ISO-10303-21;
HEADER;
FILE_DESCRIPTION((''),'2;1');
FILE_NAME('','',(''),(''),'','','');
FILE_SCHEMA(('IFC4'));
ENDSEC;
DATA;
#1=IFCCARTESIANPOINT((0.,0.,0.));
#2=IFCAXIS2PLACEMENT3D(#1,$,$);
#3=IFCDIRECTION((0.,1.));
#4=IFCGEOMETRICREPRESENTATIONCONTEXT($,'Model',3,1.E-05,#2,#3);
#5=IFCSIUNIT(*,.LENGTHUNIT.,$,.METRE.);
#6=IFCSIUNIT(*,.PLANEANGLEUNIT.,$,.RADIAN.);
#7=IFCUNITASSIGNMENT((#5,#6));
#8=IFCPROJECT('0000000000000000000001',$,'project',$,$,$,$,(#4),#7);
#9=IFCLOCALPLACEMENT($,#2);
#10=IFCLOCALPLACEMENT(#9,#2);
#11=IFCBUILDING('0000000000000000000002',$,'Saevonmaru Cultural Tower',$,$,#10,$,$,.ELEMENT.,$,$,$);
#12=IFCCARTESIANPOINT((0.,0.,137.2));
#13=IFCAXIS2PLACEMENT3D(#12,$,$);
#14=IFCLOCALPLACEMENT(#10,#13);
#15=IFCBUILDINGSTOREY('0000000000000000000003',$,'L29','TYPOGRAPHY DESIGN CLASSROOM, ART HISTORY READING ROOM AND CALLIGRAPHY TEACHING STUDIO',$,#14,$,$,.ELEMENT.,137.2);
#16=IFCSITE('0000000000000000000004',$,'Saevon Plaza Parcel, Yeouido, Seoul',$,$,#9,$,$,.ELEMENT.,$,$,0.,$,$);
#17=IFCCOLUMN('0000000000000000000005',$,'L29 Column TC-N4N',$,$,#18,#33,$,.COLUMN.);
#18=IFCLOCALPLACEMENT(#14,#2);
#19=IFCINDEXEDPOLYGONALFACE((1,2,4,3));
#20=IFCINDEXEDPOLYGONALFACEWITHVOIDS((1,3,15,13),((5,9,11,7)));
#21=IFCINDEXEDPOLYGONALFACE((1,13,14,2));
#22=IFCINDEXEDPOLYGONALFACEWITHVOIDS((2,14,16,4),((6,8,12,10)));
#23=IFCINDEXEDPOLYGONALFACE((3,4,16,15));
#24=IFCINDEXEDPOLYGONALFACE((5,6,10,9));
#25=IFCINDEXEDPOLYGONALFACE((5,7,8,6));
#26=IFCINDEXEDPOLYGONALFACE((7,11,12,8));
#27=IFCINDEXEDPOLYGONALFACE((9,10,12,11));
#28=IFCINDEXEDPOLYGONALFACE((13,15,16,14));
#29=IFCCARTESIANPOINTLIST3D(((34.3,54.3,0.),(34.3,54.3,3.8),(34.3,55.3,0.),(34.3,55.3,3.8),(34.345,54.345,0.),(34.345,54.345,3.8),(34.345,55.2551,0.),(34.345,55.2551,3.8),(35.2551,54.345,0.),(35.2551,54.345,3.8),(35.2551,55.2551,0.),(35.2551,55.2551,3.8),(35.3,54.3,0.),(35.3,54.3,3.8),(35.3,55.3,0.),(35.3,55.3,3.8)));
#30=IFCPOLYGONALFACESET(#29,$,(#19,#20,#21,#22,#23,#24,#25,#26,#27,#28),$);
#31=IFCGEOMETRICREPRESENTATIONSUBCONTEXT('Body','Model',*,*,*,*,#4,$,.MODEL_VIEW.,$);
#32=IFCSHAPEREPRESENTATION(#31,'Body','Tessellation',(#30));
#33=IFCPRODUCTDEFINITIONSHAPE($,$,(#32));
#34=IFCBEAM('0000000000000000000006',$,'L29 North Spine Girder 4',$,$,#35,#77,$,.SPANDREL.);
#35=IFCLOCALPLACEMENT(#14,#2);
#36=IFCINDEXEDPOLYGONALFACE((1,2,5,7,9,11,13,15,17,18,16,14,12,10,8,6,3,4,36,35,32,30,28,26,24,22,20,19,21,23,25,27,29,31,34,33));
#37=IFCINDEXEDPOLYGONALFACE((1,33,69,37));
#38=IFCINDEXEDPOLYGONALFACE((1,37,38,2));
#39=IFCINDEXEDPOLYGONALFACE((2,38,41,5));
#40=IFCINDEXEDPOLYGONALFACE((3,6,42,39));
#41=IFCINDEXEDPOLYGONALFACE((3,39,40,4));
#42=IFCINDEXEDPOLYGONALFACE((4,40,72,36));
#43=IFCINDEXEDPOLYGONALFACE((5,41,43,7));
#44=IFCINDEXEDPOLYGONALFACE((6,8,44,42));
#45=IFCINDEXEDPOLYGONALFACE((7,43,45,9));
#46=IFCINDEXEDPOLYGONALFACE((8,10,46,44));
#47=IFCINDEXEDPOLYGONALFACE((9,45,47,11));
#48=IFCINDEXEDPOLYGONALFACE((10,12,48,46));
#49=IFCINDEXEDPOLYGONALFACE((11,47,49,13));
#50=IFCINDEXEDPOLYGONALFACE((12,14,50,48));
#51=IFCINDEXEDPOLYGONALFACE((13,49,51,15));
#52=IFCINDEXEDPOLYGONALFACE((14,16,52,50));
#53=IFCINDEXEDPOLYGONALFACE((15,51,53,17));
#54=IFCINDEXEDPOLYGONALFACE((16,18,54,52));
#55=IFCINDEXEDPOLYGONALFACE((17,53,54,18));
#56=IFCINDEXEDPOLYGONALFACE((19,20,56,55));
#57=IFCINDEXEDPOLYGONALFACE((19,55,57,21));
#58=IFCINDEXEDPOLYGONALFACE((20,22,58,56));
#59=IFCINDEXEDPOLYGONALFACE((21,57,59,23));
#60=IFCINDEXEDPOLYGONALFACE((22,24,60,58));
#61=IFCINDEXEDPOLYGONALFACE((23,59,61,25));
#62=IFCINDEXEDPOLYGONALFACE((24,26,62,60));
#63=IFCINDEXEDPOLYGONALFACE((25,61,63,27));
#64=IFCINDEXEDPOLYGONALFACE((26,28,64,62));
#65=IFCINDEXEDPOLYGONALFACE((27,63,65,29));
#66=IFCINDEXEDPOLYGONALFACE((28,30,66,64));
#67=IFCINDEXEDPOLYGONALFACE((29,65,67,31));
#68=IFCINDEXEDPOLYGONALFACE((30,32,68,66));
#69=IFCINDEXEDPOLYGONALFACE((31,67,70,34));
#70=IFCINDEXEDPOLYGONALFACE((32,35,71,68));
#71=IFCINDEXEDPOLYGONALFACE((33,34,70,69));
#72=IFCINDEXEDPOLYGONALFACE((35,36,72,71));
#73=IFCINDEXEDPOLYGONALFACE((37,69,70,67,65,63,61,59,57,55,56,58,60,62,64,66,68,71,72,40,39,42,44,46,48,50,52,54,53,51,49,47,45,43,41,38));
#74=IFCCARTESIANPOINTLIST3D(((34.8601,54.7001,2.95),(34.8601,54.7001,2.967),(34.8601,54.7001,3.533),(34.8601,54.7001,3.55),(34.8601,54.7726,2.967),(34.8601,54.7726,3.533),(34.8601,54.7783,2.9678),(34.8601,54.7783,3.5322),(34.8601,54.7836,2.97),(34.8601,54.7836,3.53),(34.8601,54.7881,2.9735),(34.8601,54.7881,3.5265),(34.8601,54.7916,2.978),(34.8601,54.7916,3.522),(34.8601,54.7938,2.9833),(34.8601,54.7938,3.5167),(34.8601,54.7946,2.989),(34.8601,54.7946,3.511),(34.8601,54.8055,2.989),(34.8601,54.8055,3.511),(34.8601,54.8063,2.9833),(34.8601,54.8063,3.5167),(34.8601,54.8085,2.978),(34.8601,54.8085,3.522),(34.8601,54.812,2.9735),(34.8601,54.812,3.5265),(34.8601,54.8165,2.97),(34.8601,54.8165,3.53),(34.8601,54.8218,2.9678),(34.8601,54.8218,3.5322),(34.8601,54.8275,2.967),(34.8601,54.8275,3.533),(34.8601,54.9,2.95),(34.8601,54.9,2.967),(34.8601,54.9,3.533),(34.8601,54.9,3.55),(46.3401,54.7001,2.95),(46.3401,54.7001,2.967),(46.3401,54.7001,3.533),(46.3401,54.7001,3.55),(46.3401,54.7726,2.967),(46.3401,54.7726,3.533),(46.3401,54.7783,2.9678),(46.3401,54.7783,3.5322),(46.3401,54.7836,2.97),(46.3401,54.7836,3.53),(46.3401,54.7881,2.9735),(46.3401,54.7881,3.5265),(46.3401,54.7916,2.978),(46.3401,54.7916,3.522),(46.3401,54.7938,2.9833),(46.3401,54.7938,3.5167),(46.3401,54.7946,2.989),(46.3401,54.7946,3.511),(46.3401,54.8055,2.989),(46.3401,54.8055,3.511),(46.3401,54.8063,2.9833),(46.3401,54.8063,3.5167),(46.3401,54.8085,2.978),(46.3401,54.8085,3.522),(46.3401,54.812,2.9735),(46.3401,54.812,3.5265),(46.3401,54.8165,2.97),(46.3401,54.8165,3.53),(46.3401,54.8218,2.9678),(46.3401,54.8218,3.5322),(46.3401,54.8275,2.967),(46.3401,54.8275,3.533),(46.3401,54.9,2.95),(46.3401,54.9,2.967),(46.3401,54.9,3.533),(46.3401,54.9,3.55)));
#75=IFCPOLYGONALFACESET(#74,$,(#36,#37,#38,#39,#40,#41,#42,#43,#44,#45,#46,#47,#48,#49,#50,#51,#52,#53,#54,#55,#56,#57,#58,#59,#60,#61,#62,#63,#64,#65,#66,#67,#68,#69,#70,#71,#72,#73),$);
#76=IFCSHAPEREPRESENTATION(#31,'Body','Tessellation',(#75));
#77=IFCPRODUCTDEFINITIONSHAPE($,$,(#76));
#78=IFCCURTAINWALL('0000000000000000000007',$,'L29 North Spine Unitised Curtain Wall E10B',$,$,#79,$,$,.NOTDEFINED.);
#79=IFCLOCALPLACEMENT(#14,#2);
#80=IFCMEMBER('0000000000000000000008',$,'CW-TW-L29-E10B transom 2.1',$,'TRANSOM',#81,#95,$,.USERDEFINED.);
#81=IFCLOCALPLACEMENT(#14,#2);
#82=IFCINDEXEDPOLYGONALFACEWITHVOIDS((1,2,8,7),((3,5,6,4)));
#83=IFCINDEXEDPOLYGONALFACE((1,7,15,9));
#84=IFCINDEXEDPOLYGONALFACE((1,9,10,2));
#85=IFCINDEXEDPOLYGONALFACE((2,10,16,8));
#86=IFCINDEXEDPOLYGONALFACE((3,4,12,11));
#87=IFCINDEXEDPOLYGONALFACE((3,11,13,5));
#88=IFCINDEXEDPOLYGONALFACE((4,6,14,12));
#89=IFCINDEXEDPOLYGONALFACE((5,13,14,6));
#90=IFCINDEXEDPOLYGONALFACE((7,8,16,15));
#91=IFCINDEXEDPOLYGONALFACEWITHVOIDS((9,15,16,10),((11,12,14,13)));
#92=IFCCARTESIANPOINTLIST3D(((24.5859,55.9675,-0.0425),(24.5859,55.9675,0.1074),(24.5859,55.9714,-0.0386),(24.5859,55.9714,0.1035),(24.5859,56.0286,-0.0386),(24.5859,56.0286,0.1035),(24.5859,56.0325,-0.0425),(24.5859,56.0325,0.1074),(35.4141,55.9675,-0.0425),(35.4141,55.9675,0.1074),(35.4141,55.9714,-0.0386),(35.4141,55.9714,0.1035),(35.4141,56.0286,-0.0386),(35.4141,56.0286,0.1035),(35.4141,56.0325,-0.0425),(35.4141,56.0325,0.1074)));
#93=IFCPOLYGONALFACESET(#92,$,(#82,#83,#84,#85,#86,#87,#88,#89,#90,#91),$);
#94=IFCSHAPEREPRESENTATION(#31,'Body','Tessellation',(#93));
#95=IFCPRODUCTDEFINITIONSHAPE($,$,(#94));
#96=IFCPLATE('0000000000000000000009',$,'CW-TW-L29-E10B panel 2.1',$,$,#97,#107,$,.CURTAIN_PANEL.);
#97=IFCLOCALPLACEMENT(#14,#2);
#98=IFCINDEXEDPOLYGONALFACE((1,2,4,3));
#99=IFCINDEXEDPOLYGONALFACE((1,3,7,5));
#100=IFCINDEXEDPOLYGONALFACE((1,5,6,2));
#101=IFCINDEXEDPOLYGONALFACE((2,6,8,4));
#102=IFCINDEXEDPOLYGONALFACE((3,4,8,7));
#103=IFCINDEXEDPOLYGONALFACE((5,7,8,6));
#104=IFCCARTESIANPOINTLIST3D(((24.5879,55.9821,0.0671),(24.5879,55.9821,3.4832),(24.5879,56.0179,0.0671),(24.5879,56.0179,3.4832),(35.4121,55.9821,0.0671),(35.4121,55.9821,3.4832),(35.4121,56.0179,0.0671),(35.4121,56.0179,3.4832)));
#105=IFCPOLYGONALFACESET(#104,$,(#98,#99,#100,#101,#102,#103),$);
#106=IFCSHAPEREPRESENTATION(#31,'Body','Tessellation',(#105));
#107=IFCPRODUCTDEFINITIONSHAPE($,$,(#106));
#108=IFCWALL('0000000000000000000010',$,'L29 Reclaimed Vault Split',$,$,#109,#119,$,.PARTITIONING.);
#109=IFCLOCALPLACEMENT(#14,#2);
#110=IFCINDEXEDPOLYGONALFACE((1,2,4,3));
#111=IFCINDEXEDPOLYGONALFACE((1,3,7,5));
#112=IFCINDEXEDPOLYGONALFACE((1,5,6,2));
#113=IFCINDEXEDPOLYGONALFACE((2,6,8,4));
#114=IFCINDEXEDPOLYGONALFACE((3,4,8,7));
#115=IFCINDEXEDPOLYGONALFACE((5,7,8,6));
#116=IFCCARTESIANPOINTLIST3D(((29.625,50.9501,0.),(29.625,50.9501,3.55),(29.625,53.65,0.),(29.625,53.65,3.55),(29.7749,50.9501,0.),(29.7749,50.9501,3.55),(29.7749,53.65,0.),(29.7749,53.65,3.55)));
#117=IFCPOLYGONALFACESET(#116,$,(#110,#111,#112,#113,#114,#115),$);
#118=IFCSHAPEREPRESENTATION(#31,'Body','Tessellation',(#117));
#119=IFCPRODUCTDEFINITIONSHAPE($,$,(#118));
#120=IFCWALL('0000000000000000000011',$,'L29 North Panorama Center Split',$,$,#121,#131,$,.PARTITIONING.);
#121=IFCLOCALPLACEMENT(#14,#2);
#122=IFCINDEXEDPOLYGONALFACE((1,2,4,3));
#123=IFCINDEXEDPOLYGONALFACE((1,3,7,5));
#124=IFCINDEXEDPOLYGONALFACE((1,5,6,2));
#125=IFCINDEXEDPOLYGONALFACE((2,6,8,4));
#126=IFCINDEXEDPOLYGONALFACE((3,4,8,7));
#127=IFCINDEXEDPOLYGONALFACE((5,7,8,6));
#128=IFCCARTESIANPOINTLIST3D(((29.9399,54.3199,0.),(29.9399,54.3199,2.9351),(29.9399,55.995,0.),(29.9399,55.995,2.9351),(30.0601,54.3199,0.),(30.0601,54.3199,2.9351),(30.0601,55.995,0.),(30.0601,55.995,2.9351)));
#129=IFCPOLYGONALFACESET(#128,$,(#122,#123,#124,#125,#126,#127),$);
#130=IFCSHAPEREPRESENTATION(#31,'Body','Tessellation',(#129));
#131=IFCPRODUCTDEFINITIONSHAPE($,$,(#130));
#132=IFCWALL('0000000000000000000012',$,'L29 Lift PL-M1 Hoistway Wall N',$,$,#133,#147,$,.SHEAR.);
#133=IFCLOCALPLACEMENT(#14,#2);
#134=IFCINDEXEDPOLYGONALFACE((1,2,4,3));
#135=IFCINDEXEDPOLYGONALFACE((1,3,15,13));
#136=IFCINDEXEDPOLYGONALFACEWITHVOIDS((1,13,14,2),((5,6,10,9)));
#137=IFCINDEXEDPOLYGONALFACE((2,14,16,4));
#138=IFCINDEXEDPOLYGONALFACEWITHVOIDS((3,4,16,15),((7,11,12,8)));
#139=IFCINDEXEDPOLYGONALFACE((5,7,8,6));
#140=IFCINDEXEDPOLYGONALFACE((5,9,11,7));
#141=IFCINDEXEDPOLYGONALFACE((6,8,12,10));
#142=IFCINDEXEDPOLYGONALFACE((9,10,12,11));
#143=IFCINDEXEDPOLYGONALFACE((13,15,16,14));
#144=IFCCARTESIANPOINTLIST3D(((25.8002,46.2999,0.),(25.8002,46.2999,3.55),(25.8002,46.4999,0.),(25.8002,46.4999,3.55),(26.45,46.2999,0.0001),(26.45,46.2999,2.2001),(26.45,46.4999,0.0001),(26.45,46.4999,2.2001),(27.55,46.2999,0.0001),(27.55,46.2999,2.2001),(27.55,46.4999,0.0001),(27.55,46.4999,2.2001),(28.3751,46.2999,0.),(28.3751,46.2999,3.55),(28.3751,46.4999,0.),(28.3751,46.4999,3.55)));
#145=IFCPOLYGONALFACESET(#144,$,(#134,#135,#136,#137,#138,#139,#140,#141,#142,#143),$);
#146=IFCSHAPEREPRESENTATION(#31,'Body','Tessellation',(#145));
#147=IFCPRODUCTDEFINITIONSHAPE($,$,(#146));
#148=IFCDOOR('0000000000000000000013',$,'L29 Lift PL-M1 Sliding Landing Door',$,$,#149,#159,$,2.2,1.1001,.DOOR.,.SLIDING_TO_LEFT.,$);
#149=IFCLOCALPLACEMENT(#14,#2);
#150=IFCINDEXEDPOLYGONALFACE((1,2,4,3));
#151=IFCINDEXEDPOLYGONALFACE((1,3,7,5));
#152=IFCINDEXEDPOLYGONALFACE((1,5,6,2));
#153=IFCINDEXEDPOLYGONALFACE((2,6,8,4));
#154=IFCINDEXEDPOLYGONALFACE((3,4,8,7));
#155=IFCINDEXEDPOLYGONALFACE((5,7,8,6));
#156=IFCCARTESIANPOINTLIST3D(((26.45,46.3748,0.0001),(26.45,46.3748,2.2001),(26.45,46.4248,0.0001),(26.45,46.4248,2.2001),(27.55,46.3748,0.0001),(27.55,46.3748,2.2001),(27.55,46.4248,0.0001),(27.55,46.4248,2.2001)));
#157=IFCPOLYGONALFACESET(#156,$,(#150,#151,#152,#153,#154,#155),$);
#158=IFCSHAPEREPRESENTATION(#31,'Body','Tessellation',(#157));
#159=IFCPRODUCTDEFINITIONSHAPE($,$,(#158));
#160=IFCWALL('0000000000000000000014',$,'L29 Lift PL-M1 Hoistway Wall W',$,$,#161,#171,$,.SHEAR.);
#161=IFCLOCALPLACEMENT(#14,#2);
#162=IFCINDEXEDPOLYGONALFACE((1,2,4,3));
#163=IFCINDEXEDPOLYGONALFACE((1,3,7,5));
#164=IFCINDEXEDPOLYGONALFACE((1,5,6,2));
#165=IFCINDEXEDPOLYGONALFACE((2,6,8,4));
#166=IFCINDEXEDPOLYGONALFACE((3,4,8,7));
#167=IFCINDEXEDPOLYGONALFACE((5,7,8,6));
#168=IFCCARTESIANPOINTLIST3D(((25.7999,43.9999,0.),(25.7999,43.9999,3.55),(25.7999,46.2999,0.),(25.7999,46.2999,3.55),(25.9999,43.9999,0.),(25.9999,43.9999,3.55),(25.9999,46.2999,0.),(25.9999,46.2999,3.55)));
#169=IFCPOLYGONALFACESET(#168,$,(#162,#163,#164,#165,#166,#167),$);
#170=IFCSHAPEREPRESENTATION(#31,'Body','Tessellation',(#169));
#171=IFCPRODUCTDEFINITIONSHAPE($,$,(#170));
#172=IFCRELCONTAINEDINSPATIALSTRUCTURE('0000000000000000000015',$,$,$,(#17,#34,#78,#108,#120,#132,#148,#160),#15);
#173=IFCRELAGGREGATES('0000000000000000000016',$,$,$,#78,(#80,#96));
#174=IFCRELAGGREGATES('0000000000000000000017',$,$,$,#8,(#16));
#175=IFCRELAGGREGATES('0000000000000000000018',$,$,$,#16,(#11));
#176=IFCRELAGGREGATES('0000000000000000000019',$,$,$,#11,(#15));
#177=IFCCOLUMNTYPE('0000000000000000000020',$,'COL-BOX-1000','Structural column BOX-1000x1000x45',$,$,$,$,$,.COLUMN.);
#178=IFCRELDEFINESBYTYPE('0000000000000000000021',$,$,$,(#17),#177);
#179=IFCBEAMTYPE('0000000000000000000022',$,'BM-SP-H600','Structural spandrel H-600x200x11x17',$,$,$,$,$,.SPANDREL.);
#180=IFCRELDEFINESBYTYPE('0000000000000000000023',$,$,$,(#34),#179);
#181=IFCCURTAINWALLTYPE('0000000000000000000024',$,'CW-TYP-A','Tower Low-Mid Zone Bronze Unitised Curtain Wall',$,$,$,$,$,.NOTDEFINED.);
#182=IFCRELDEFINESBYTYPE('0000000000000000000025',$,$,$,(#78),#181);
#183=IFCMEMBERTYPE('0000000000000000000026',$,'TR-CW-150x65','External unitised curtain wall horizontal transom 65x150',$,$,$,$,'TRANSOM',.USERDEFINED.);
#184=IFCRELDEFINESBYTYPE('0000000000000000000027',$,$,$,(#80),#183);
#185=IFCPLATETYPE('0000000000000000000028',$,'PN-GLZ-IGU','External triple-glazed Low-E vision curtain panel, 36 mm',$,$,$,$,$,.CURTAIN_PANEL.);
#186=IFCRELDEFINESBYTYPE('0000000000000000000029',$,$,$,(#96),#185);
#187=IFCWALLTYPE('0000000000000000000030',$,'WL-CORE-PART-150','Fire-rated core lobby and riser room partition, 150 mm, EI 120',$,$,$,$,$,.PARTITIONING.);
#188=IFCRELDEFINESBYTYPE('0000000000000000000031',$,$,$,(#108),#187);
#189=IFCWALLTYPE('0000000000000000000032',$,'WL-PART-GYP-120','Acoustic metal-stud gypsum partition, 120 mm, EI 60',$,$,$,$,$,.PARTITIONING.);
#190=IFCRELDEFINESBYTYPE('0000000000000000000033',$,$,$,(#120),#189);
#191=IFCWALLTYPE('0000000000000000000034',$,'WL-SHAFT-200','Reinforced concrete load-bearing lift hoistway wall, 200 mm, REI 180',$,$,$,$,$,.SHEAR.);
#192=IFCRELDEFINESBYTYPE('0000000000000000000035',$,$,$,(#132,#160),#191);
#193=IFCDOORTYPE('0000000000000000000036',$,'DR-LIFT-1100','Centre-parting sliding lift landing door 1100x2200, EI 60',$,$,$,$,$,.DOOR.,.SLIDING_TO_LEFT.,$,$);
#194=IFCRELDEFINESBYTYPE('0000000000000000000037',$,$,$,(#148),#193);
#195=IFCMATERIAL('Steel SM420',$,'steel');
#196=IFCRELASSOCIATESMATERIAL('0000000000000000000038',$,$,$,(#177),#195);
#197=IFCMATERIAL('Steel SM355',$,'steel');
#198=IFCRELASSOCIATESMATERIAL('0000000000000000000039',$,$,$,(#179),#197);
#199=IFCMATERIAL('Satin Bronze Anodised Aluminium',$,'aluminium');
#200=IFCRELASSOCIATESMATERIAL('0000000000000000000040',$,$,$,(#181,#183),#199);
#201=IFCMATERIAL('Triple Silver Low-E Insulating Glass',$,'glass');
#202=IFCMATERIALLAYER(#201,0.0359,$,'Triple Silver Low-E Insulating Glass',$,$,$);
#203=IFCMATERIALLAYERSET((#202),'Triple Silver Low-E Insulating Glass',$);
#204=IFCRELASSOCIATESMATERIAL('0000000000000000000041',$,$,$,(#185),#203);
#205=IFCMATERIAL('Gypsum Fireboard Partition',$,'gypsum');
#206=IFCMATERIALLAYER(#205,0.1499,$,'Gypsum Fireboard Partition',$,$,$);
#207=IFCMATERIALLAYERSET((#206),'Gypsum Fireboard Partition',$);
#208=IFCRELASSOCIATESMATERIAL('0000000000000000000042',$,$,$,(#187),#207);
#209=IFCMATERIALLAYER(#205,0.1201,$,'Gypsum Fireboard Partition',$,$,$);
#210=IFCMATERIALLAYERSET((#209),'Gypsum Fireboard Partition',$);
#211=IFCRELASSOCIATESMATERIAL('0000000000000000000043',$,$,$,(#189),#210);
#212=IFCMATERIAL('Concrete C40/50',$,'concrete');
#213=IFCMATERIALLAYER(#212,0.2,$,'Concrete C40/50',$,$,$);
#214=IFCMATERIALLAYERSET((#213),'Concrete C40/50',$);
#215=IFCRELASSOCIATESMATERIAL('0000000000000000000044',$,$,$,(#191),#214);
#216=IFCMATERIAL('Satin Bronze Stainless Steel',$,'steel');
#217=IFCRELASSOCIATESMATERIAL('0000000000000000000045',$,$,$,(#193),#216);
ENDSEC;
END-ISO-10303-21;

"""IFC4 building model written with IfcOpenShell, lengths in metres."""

from ifc_helpers import new_model, si_unit, direction, frame, frame_2d, origin, origin_2d, place, context, subcontext, project, spatial, rectangle, hollow_rectangle, i_section, extrude, material, layer, layer_set, material_profile, profile_set, type_object, element, fill, aggregate, save


model = new_model("IFC4")

# Units and contexts
model_context = context("Model", 3, precision=1e-05, world=origin(), true_north=direction((0.0, 1.0)))
body_context = subcontext(model_context, "Body", "Model", "MODEL_VIEW")
ifc_project = project(units=[si_unit("LENGTHUNIT", "METRE"), si_unit("PLANEANGLEUNIT", "RADIAN")], contexts=[model_context])

# Site, building, storey
site_placement = place(None, origin())
site = spatial("IfcSite", under=ifc_project, at=site_placement, Name="Saevon Plaza Parcel, Yeouido, Seoul", CompositionType="ELEMENT", RefElevation=0.0)
building_placement = place(site_placement, origin())
building = spatial("IfcBuilding", under=site, at=building_placement, Name="Saevonmaru Cultural Tower", CompositionType="ELEMENT")
storey_placement = place(building_placement, frame((0.0, 0.0, 137.2)))
storey = spatial("IfcBuildingStorey", under=building, at=storey_placement, Name="L29", Description="TYPOGRAPHY DESIGN CLASSROOM, ART HISTORY READING ROOM AND CALLIGRAPHY TEACHING STUDIO", CompositionType="ELEMENT", Elevation=137.2)

# Column
ifc_material_1 = material(Name="Steel SM420", Category="steel")
ifc_material_profile_1 = material_profile(ifc_material_1, hollow_rectangle(XDim=1.0, YDim=1.0, WallThickness=0.0449, at=origin_2d()), Name="BOX-1000x1000x45")
ifc_profile_set_1 = profile_set([ifc_material_profile_1], Name="Steel SM420")
column_type = type_object("IfcColumnType", Name="COL-BOX-1000", Description="Structural column BOX-1000x1000x45", PredefinedType="COLUMN", material=ifc_profile_set_1)
column_placement = place(storey_placement, frame((34.8, 54.8, 0.0), z_axis=(0.0, 0.0, 1.0), x_axis=(1.0, 0.0, 0.0)))
element("IfcColumn", 1, at=column_placement, inside=storey, type_object=column_type, Name="L29 Column TC-N4N", PredefinedType="COLUMN", context=body_context, shape_type="SweptSolid", body=[
    extrude(hollow_rectangle(XDim=1.0, YDim=1.0, WallThickness=0.0449, at=origin_2d()), origin(), (0.0, 0.0, 1.0), 3.8),
])

# Beam
ifc_material_2 = material(Name="Steel SM355", Category="steel")
ifc_material_profile_2 = material_profile(ifc_material_2, i_section(OverallWidth=0.2, OverallDepth=0.6001, WebThickness=0.011, FlangeThickness=0.0171, FilletRadius=0.022, at=origin_2d()), Name="H-600x200x11x17")
ifc_profile_set_2 = profile_set([ifc_material_profile_2], Name="Steel SM355")
beam_type = type_object("IfcBeamType", Name="BM-SP-H600", Description="Structural spandrel H-600x200x11x17", PredefinedType="SPANDREL", material=ifc_profile_set_2)
beam_placement = place(storey_placement, frame((34.8601, 54.8, 3.25), z_axis=(1.0, 0.0, 0.0), x_axis=(0.0, 1.0, 0.0)))
element("IfcBeam", 2, at=beam_placement, inside=storey, type_object=beam_type, Name="L29 North Spine Girder 4", PredefinedType="SPANDREL", context=body_context, shape_type="SweptSolid", body=[
    extrude(i_section(OverallWidth=0.2, OverallDepth=0.6001, WebThickness=0.011, FlangeThickness=0.0171, FilletRadius=0.022, at=origin_2d()), origin(), (0.0, 0.0, 1.0), 11.48),
])

# Curtain wall, member, plate
ifc_material_3 = material(Name="Satin Bronze Anodised Aluminium", Category="aluminium")
curtain_wall_type = type_object("IfcCurtainWallType", Name="CW-TYP-A", Description="Tower Low-Mid Zone Bronze Unitised Curtain Wall", PredefinedType="NOTDEFINED", material=ifc_material_3)
curtain_wall_placement = place(storey_placement, origin())
curtain_wall = element("IfcCurtainWall", 3, at=curtain_wall_placement, inside=storey, type_object=curtain_wall_type, Name="L29 North Spine Unitised Curtain Wall E10B", PredefinedType="NOTDEFINED")
ifc_material_profile_3 = material_profile(ifc_material_3, hollow_rectangle(XDim=0.0649, YDim=0.1499, WallThickness=0.0039, at=origin_2d()), Name="ALU-TRAN-150x65x4")
ifc_profile_set_3 = profile_set([ifc_material_profile_3], Name="Satin Bronze Anodised Aluminium")
member_type = type_object("IfcMemberType", Name="TR-CW-150x65", Description="External unitised curtain wall horizontal transom 65x150", ElementType="TRANSOM", PredefinedType="USERDEFINED", material=ifc_profile_set_3)
member_placement = place(storey_placement, frame((35.4141, 56.0, 0.0325), z_axis=(-1.0, 0.0, 0.0), x_axis=(0.0, -1.0, 0.0)))
member = element("IfcMember", 4, at=member_placement, type_object=member_type, Name="CW-TW-L29-E10B transom 2.1", ObjectType="TRANSOM", PredefinedType="USERDEFINED", context=body_context, shape_type="SweptSolid", body=[
    extrude(hollow_rectangle(XDim=0.0649, YDim=0.1499, WallThickness=0.0039, at=origin_2d()), origin(), (0.0, 0.0, 1.0), 10.8281),
])
ifc_material_4 = material(Name="Triple Silver Low-E Insulating Glass", Category="glass")
ifc_layer_1 = layer(ifc_material_4, 0.0359, Name="Triple Silver Low-E Insulating Glass")
ifc_layer_set_1 = layer_set([ifc_layer_1], Name="Triple Silver Low-E Insulating Glass")
plate_type = type_object("IfcPlateType", Name="PN-GLZ-IGU", Description="External triple-glazed Low-E vision curtain panel, 36 mm", PredefinedType="CURTAIN_PANEL", material=ifc_layer_set_1)
plate_placement = place(storey_placement, frame((30.0, 56.0, 0.0671), z_axis=(0.0, 0.0, 1.0), x_axis=(-1.0, 0.0, 0.0)))
plate = element("IfcPlate", 5, at=plate_placement, type_object=plate_type, Name="CW-TW-L29-E10B panel 2.1", PredefinedType="CURTAIN_PANEL", context=body_context, shape_type="SweptSolid", body=[
    extrude(rectangle(XDim=10.8242, YDim=0.0359, at=origin_2d()), origin(), (0.0, 0.0, 1.0), 3.416),
])
aggregate(curtain_wall, [member, plate])

# Shared definitions
ifc_material_5 = material(Name="Gypsum Fireboard Partition", Category="gypsum")
ifc_layer_2 = layer(ifc_material_5, 0.1499, Name="Gypsum Fireboard Partition")
ifc_layer_set_2 = layer_set([ifc_layer_2], Name="Gypsum Fireboard Partition")
wall_type_1 = type_object("IfcWallType", Name="WL-CORE-PART-150", Description="Fire-rated core lobby and riser room partition, 150 mm, EI 120", PredefinedType="PARTITIONING", material=ifc_layer_set_2)

# Walls
wall_1_placement = place(storey_placement, frame((29.7, 50.95, 0.0), z_axis=(0.0, 0.0, 1.0), x_axis=(0.0, 1.0, 0.0)))
element("IfcWall", 6, at=wall_1_placement, inside=storey, type_object=wall_type_1, Name="L29 Reclaimed Vault Split", PredefinedType="PARTITIONING", context=body_context, shape_type="SweptSolid", body=[
    extrude(rectangle(XDim=2.7, YDim=0.1499, at=frame_2d((1.3501, 0.0))), origin(), (0.0, 0.0, 1.0), 3.55),
])
ifc_layer_3 = layer(ifc_material_5, 0.1201, Name="Gypsum Fireboard Partition")
ifc_layer_set_3 = layer_set([ifc_layer_3], Name="Gypsum Fireboard Partition")
wall_type_2 = type_object("IfcWallType", Name="WL-PART-GYP-120", Description="Acoustic metal-stud gypsum partition, 120 mm, EI 60", PredefinedType="PARTITIONING", material=ifc_layer_set_3)
wall_2_placement = place(storey_placement, frame((30.0, 54.3201, 0.0), z_axis=(0.0, 0.0, 1.0), x_axis=(0.0, 1.0, 0.0)))
element("IfcWall", 7, at=wall_2_placement, inside=storey, type_object=wall_type_2, Name="L29 North Panorama Center Split", PredefinedType="PARTITIONING", context=body_context, shape_type="SweptSolid", body=[
    extrude(rectangle(XDim=1.675, YDim=0.1201, at=frame_2d((0.8374, 0.0))), origin(), (0.0, 0.0, 1.0), 2.9351),
])

# Wall, opening, door
ifc_material_6 = material(Name="Concrete C40/50", Category="concrete")
ifc_layer_4 = layer(ifc_material_6, 0.2, Name="Concrete C40/50")
ifc_layer_set_4 = layer_set([ifc_layer_4], Name="Concrete C40/50")
wall_type_3 = type_object("IfcWallType", Name="WL-SHAFT-200", Description="Reinforced concrete load-bearing lift hoistway wall, 200 mm, REI 180", PredefinedType="SHEAR", material=ifc_layer_set_4)
wall_3_placement = place(storey_placement, frame((25.8, 46.3999, 0.0), z_axis=(0.0, 0.0, 1.0), x_axis=(1.0, 0.0, 0.0)))
wall_3 = element("IfcWall", 8, at=wall_3_placement, inside=storey, type_object=wall_type_3, Name="L29 Lift PL-M1 Hoistway Wall N", PredefinedType="SHEAR", context=body_context, shape_type="SweptSolid", body=[
    extrude(rectangle(XDim=2.575, YDim=0.2, at=frame_2d((1.2876, 0.0))), origin(), (0.0, 0.0, 1.0), 3.55),
])
opening_1_placement = place(wall_3_placement, frame((0.6499, 0.0, 0.0)))
opening_1 = element("IfcOpeningElement", 9, at=opening_1_placement, cuts=wall_3, PredefinedType="OPENING", context=body_context, shape_type="SweptSolid", body=[
    extrude(rectangle(XDim=1.1001, YDim=2.2, at=frame_2d((0.55, 1.1001))), frame((0.0, 0.1099, 0.0), z_axis=(0.0, -1.0, 0.0), x_axis=(1.0, 0.0, 0.0)), (0.0, 0.0, 1.0), 0.22),
])
ifc_material_7 = material(Name="Satin Bronze Stainless Steel", Category="steel")
door_type_1 = type_object("IfcDoorType", Name="DR-LIFT-1100", Description="Centre-parting sliding lift landing door 1100x2200, EI 60", OperationType="SLIDING_TO_LEFT", PredefinedType="DOOR", material=ifc_material_7)
door_1_placement = place(opening_1_placement, origin())
door_1 = element("IfcDoor", 10, at=door_1_placement, inside=storey, type_object=door_type_1, Name="L29 Lift PL-M1 Sliding Landing Door", OperationType="SLIDING_TO_LEFT", OverallHeight=2.2, OverallWidth=1.1001, PredefinedType="DOOR", context=body_context, shape_type="SweptSolid", body=[
    extrude(rectangle(XDim=1.1001, YDim=2.2, at=frame_2d((0.55, 1.1001))), frame((0.0, 0.0249, 0.0), z_axis=(0.0, -1.0, 0.0), x_axis=(1.0, 0.0, 0.0)), (0.0, 0.0, 1.0), 0.05),
])
fill(opening_1, door_1)

# Wall
for number, where, z_axis, x_axis, name in (
    (11, (25.8999, 44.0, 0.0), (0.0, 0.0, 1.0), (0.0, 1.0, 0.0), "L29 Lift PL-M1 Hoistway Wall W"),
):
    element("IfcWall", number, at=place(storey_placement, frame(where, z_axis=z_axis, x_axis=x_axis)), inside=storey, type_object=wall_type_3, Name=name, PredefinedType="SHEAR", context=body_context, shape_type="SweptSolid", body=[
        extrude(rectangle(XDim=2.3, YDim=0.2, at=frame_2d((1.1499, 0.0))), origin(), (0.0, 0.0, 1.0), 3.55),
    ])

save(model, "model.ifc")
